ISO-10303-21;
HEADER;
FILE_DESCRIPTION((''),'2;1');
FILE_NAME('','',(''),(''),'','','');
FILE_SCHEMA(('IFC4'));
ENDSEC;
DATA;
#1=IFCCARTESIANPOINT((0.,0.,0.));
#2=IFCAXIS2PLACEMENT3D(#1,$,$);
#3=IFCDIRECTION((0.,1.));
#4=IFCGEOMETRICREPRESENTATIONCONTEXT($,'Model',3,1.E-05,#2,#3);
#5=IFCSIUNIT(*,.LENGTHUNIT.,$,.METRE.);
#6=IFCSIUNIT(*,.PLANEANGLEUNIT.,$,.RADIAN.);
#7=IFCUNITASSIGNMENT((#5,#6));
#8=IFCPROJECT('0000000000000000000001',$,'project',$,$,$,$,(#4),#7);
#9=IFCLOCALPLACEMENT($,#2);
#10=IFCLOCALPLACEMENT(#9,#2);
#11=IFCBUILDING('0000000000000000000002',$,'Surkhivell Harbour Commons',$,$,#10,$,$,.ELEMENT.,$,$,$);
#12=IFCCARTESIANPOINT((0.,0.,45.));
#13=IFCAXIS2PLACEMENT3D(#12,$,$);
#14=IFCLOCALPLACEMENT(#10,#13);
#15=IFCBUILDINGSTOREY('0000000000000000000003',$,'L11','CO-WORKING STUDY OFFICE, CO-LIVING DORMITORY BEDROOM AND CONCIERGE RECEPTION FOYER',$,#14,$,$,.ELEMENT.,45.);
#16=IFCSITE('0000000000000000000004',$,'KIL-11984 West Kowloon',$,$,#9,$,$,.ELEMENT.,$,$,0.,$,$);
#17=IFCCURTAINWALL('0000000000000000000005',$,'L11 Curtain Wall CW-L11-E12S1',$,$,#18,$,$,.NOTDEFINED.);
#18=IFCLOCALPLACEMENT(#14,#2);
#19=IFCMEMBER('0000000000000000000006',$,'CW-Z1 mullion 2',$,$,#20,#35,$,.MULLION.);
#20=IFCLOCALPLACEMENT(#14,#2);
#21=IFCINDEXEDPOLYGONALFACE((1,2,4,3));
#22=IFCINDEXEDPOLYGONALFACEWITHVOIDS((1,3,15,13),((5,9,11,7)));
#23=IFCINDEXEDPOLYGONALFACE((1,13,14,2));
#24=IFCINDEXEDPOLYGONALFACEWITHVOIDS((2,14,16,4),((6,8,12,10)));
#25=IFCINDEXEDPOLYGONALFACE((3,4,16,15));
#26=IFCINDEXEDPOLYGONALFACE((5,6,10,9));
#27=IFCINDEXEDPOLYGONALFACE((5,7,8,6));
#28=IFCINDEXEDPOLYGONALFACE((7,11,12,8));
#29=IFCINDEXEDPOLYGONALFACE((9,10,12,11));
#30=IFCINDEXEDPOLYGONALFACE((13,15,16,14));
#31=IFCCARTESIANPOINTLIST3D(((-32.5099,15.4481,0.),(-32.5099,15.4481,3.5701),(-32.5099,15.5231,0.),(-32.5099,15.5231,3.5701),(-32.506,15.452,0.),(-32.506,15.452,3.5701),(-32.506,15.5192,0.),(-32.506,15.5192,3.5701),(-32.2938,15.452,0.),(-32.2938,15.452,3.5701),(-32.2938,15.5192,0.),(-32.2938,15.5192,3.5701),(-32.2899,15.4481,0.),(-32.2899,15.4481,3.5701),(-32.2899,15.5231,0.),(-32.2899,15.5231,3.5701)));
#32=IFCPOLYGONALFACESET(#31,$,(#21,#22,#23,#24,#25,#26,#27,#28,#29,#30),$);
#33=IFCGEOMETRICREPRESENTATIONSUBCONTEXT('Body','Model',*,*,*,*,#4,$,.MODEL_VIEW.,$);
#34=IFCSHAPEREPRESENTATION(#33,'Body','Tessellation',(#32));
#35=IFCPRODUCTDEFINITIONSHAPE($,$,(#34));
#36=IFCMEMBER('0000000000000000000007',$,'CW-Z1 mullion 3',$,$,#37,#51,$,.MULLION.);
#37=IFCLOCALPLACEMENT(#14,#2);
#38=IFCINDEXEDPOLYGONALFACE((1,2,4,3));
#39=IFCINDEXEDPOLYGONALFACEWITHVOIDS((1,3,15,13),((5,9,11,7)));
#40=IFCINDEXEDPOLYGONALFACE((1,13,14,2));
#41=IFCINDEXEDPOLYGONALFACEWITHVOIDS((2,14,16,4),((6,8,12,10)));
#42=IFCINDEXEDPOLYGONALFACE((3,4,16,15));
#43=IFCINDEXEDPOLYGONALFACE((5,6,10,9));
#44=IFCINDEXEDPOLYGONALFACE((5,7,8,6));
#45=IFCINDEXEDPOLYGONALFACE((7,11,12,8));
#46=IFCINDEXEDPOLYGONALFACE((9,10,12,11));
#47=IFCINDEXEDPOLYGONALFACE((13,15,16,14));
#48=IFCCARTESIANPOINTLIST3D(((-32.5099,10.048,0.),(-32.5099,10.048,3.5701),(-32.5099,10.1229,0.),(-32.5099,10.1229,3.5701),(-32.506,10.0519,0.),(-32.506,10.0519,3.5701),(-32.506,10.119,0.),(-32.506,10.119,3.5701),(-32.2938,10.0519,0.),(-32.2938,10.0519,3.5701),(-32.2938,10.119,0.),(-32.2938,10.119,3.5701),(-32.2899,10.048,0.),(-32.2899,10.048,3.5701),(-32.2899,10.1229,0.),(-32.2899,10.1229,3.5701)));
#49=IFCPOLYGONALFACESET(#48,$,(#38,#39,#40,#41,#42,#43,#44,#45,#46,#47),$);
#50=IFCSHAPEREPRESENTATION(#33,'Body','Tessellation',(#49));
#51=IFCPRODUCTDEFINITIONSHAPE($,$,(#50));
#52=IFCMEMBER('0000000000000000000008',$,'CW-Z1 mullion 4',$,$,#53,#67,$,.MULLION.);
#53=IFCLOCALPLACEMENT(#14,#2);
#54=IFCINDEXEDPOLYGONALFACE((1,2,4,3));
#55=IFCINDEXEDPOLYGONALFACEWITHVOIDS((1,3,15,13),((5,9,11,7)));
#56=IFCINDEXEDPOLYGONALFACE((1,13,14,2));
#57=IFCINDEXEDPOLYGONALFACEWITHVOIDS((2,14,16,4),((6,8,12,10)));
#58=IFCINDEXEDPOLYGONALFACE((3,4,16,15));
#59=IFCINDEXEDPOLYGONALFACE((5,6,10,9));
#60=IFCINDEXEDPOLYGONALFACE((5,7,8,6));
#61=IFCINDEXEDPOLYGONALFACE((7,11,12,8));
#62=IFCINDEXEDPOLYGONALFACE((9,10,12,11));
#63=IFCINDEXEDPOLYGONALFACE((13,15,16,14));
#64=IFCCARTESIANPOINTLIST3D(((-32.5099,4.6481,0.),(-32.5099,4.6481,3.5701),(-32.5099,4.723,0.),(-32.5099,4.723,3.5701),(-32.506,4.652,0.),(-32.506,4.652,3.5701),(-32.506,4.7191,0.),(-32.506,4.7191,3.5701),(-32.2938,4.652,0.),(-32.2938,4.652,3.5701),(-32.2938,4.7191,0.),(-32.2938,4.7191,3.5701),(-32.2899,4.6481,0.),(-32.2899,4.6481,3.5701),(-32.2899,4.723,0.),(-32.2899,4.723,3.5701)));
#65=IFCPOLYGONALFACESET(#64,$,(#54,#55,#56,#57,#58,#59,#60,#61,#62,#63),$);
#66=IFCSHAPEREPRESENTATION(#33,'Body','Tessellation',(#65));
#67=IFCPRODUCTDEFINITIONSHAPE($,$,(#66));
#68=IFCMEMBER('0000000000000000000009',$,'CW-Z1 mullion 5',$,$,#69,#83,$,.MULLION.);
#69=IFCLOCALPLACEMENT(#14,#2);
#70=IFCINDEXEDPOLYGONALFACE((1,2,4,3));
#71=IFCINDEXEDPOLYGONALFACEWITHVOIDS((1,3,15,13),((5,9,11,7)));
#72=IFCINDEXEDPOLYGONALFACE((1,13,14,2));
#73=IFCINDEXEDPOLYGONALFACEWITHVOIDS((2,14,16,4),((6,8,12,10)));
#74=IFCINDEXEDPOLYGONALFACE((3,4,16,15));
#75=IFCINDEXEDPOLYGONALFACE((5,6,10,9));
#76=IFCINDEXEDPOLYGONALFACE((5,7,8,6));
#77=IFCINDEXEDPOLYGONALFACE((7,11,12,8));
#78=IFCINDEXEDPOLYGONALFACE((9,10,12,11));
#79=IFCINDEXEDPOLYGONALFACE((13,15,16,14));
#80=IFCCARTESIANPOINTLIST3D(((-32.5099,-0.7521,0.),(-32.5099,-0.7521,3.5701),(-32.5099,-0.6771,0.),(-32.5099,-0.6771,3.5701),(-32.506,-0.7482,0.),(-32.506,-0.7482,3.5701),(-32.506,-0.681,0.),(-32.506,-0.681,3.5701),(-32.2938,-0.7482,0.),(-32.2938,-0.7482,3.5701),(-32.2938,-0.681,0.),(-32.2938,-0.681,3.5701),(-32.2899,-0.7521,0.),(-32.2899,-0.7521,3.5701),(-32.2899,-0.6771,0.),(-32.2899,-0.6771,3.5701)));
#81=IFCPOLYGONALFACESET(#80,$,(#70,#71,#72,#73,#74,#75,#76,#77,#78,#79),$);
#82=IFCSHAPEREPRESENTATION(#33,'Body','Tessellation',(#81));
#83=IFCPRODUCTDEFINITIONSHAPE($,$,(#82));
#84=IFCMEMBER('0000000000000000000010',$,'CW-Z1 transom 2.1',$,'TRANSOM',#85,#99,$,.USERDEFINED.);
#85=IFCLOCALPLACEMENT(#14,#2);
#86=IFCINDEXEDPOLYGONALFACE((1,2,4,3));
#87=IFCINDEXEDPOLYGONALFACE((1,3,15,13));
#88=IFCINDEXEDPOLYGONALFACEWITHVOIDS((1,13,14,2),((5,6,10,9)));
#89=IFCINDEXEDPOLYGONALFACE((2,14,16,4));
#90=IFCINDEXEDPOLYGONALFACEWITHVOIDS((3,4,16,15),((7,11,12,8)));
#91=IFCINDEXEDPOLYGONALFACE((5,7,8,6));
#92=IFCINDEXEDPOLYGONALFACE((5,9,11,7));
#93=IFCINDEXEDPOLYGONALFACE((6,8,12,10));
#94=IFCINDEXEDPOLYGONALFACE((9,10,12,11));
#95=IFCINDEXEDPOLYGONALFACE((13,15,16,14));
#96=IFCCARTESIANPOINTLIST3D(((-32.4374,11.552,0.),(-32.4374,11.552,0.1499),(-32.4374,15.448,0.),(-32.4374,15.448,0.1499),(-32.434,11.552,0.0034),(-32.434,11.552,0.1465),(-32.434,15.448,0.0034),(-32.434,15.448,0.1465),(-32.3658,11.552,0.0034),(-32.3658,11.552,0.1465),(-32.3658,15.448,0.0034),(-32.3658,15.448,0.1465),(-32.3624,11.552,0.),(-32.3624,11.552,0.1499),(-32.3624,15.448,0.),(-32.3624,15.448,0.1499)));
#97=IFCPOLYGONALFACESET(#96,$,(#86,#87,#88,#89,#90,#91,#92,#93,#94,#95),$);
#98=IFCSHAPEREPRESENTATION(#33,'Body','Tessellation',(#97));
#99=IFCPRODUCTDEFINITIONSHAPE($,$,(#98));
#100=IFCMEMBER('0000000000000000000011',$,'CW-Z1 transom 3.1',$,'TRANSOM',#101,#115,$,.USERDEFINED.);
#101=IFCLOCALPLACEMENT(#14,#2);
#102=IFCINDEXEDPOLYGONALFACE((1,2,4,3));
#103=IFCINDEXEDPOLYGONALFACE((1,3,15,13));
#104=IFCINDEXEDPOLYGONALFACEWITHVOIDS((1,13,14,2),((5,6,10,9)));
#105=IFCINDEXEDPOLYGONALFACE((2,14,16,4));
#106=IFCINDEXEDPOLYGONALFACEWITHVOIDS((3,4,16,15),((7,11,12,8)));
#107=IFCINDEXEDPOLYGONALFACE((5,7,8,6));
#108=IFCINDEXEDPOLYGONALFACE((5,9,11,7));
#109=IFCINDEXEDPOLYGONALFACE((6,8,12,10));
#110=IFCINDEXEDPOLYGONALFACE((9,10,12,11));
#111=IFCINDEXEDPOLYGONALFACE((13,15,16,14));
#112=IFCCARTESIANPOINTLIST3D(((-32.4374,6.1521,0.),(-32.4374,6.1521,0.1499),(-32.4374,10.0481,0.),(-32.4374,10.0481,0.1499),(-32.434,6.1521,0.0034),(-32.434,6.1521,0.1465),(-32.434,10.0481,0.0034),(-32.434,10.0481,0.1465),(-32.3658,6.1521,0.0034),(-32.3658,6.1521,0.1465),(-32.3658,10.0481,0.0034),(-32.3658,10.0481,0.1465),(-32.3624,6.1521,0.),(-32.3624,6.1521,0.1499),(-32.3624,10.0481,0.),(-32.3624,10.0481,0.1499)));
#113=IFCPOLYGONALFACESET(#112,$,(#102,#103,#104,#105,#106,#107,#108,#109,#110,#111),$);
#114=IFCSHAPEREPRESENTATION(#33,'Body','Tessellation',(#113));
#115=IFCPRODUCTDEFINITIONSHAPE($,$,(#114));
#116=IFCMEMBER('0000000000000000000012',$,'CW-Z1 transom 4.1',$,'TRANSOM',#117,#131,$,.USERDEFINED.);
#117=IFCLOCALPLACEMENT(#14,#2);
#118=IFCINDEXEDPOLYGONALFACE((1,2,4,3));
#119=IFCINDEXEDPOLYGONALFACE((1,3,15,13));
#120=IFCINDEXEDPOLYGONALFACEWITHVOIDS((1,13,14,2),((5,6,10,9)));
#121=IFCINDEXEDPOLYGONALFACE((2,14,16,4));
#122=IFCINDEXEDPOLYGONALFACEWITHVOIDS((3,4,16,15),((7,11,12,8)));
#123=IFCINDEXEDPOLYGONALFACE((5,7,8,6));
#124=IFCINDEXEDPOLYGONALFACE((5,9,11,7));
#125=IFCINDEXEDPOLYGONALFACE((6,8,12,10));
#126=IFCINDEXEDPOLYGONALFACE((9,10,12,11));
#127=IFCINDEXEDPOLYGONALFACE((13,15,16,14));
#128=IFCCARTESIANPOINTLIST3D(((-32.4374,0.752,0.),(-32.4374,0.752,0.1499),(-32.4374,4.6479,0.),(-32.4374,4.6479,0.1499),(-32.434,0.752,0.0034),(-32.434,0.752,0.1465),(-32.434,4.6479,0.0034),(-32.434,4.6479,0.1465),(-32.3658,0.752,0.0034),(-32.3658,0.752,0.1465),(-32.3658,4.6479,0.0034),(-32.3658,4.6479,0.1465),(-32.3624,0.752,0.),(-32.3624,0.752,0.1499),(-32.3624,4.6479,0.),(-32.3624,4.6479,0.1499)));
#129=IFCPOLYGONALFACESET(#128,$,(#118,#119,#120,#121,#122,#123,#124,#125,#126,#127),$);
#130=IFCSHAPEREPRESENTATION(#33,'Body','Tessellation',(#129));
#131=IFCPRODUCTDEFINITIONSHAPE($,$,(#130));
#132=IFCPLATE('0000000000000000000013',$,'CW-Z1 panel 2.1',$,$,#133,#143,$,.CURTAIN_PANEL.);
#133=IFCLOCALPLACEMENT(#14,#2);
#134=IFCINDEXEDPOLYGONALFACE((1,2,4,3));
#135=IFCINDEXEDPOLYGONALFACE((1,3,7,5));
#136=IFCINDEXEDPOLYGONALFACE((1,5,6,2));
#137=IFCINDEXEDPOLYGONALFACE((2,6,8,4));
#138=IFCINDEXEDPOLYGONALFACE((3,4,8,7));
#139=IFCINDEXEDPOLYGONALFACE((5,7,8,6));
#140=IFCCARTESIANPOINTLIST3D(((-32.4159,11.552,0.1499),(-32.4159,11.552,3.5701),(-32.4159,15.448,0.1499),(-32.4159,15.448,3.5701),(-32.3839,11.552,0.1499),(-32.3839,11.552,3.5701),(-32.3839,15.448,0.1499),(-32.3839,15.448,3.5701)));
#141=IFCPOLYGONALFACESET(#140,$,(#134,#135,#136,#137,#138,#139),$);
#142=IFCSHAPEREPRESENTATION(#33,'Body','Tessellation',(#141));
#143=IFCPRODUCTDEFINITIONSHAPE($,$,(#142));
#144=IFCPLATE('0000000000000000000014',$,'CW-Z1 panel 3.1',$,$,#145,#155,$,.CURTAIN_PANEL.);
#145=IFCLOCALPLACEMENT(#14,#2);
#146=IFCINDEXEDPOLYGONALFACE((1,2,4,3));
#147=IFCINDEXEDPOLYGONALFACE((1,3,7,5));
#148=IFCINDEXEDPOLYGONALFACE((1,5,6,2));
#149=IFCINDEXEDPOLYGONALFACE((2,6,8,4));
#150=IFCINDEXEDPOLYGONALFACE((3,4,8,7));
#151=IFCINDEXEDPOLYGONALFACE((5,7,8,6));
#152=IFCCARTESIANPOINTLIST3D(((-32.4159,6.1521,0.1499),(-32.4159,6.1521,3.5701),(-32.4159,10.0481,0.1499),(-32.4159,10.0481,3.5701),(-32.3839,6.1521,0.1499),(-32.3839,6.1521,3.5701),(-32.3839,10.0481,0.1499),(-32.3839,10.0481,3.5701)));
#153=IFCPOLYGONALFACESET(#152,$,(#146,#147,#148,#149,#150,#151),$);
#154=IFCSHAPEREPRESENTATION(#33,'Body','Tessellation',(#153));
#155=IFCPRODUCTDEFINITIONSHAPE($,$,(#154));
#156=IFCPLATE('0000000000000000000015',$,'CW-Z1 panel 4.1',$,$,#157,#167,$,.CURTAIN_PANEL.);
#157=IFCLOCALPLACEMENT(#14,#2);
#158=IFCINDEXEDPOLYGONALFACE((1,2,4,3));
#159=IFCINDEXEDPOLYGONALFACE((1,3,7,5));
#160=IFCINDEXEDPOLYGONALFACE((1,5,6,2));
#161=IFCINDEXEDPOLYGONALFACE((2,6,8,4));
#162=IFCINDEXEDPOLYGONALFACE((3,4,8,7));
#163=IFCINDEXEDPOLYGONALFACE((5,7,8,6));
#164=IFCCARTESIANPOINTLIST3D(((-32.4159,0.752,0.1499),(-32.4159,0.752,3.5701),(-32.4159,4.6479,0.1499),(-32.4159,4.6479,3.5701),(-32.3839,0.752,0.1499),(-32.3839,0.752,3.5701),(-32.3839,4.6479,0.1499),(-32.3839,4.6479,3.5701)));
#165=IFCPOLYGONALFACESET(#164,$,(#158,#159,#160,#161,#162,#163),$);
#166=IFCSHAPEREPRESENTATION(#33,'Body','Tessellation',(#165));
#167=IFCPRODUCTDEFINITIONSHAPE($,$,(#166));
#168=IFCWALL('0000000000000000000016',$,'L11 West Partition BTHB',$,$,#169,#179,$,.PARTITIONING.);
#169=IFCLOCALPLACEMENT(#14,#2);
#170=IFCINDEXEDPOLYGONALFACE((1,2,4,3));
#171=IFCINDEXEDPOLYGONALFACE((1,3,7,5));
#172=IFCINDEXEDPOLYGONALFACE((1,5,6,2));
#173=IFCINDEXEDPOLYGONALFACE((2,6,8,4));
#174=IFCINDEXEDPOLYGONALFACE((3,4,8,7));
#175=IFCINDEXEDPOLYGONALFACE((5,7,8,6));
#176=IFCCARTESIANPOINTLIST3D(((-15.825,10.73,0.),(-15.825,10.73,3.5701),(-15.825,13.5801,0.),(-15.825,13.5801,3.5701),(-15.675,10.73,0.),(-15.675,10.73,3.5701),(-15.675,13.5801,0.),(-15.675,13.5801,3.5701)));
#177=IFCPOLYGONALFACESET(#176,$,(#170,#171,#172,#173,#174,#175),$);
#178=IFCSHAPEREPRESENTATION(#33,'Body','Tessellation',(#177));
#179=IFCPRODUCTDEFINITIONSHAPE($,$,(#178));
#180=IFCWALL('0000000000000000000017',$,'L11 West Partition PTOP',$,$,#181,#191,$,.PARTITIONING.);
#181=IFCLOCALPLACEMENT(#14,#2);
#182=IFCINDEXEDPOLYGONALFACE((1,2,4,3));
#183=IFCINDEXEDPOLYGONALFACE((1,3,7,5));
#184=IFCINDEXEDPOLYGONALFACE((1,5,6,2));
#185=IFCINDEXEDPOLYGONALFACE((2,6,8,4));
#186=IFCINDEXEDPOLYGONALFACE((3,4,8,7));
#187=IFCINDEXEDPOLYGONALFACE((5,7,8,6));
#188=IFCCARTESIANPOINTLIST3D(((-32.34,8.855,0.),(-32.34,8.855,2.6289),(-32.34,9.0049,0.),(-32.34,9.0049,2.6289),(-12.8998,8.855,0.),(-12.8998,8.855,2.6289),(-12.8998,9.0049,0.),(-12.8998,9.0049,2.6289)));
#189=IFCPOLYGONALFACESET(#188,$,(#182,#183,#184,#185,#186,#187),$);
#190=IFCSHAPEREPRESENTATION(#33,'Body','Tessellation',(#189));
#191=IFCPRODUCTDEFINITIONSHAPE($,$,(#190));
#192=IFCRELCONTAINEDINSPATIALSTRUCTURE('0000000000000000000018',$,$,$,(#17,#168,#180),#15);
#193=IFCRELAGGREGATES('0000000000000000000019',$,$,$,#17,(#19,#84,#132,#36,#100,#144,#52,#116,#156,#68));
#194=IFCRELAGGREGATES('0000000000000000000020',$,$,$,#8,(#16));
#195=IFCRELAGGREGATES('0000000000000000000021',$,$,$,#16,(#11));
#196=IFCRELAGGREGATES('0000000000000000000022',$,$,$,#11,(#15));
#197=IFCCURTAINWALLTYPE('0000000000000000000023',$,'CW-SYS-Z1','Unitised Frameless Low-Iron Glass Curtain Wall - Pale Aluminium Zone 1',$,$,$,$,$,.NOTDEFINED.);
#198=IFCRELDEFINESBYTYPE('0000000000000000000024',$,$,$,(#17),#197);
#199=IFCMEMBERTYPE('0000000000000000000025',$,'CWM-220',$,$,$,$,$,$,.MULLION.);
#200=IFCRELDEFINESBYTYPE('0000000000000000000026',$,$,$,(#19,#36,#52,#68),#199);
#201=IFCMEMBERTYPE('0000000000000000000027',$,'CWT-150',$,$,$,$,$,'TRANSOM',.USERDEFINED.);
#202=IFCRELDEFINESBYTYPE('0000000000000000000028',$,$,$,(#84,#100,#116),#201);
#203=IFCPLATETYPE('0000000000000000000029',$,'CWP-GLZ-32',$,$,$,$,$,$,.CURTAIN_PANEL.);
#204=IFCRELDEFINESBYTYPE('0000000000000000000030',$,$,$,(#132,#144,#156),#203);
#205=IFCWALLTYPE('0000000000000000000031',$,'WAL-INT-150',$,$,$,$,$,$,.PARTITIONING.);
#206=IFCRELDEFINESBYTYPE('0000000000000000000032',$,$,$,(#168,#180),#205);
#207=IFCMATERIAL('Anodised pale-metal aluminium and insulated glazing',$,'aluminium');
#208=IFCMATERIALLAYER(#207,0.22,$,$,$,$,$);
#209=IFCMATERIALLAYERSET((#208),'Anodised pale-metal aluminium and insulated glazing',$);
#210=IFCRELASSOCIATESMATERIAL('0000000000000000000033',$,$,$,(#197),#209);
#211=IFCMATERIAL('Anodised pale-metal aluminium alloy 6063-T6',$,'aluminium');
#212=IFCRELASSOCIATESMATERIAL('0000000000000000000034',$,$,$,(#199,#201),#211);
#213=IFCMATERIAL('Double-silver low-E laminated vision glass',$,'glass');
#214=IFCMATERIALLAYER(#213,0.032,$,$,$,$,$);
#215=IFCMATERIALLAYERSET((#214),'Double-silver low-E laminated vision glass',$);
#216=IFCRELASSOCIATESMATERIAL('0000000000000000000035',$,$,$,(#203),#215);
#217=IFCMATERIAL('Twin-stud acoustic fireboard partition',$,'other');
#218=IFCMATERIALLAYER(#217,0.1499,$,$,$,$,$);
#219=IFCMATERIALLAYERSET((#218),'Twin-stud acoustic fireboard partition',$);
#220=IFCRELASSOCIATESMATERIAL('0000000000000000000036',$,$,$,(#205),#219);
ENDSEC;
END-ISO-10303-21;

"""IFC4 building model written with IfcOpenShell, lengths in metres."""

from ifc_helpers import new_model, si_unit, direction, frame, frame_2d, origin, origin_2d, place, context, subcontext, project, spatial, rectangle, hollow_rectangle, extrude, material, layer, layer_set, material_profile, profile_set, type_object, element, aggregate, save


model = new_model("IFC4")

# Units and contexts
model_context = context("Model", 3, precision=1e-05, world=origin(), true_north=direction((0.0, 1.0)))
body_context = subcontext(model_context, "Body", "Model", "MODEL_VIEW")
ifc_project = project(units=[si_unit("LENGTHUNIT", "METRE"), si_unit("PLANEANGLEUNIT", "RADIAN")], contexts=[model_context])

# Site, building, storey
site_placement = place(None, origin())
site = spatial("IfcSite", under=ifc_project, at=site_placement, Name="KIL-11984 West Kowloon", CompositionType="ELEMENT", RefElevation=0.0)
building_placement = place(site_placement, origin())
building = spatial("IfcBuilding", under=site, at=building_placement, Name="Surkhivell Harbour Commons", CompositionType="ELEMENT")
storey_placement = place(building_placement, frame((0.0, 0.0, 45.0)))
storey = spatial("IfcBuildingStorey", under=building, at=storey_placement, Name="L11", Description="CO-WORKING STUDY OFFICE, CO-LIVING DORMITORY BEDROOM AND CONCIERGE RECEPTION FOYER", CompositionType="ELEMENT", Elevation=45.0)

# Curtain wall, members, plates
ifc_material_1 = material(Name="Anodised pale-metal aluminium and insulated glazing", Category="aluminium")
ifc_layer_1 = layer(ifc_material_1, 0.22)
ifc_layer_set_1 = layer_set([ifc_layer_1], Name="Anodised pale-metal aluminium and insulated glazing")
curtain_wall_type = type_object("IfcCurtainWallType", Name="CW-SYS-Z1", Description="Unitised Frameless Low-Iron Glass Curtain Wall - Pale Aluminium Zone 1", PredefinedType="NOTDEFINED", material=ifc_layer_set_1)
curtain_wall_placement = place(storey_placement, origin())
curtain_wall = element("IfcCurtainWall", 1, at=curtain_wall_placement, inside=storey, type_object=curtain_wall_type, Name="L11 Curtain Wall CW-L11-E12S1", PredefinedType="NOTDEFINED")
ifc_material_2 = material(Name="Anodised pale-metal aluminium alloy 6063-T6", Category="aluminium")
ifc_material_profile_1 = material_profile(ifc_material_2, hollow_rectangle(XDim=0.075, YDim=0.22, WallThickness=0.0039, at=origin_2d()), Name="ALU-MULL-75x220")
ifc_profile_set_1 = profile_set([ifc_material_profile_1], Name="Anodised pale-metal aluminium alloy 6063-T6")
member_type_1 = type_object("IfcMemberType", Name="CWM-220", PredefinedType="MULLION", material=ifc_profile_set_1)
member_1_placement = place(storey_placement, frame((-32.3999, 15.4856, 0.0), z_axis=(0.0, 0.0, 1.0), x_axis=(0.0, -1.0, 0.0)))
member_1 = element("IfcMember", 2, at=member_1_placement, type_object=member_type_1, Name="CW-Z1 mullion 2", PredefinedType="MULLION", context=body_context, shape_type="SweptSolid", body=[
    extrude(hollow_rectangle(XDim=0.075, YDim=0.22, WallThickness=0.0039, at=origin_2d()), origin(), (0.0, 0.0, 1.0), 3.5701),
])
member_2_placement = place(storey_placement, frame((-32.3999, 10.0854, 0.0), z_axis=(0.0, 0.0, 1.0), x_axis=(0.0, -1.0, 0.0)))
member_2 = element("IfcMember", 3, at=member_2_placement, type_object=member_type_1, Name="CW-Z1 mullion 3", PredefinedType="MULLION", context=body_context, shape_type="SweptSolid", body=[
    extrude(hollow_rectangle(XDim=0.075, YDim=0.22, WallThickness=0.0039, at=origin_2d()), origin(), (0.0, 0.0, 1.0), 3.5701),
])
member_3_placement = place(storey_placement, frame((-32.3999, 4.6855, 0.0), z_axis=(0.0, 0.0, 1.0), x_axis=(0.0, -1.0, 0.0)))
member_3 = element("IfcMember", 4, at=member_3_placement, type_object=member_type_1, Name="CW-Z1 mullion 4", PredefinedType="MULLION", context=body_context, shape_type="SweptSolid", body=[
    extrude(hollow_rectangle(XDim=0.075, YDim=0.22, WallThickness=0.0039, at=origin_2d()), origin(), (0.0, 0.0, 1.0), 3.5701),
])
member_4_placement = place(storey_placement, frame((-32.3999, -0.7146, 0.0), z_axis=(0.0, 0.0, 1.0), x_axis=(0.0, -1.0, 0.0)))
member_4 = element("IfcMember", 5, at=member_4_placement, type_object=member_type_1, Name="CW-Z1 mullion 5", PredefinedType="MULLION", context=body_context, shape_type="SweptSolid", body=[
    extrude(hollow_rectangle(XDim=0.075, YDim=0.22, WallThickness=0.0039, at=origin_2d()), origin(), (0.0, 0.0, 1.0), 3.5701),
])
ifc_material_profile_2 = material_profile(ifc_material_2, hollow_rectangle(XDim=0.075, YDim=0.1499, WallThickness=0.0034, at=origin_2d()), Name="ALU-TRAN-75x150")
ifc_profile_set_2 = profile_set([ifc_material_profile_2], Name="Anodised pale-metal aluminium alloy 6063-T6")
member_type_2 = type_object("IfcMemberType", Name="CWT-150", ElementType="TRANSOM", PredefinedType="USERDEFINED", material=ifc_profile_set_2)
member_5_placement = place(storey_placement, frame((-32.3999, 15.448, 0.075), z_axis=(0.0, -1.0, 0.0), x_axis=(1.0, 0.0, 0.0)))
member_5 = element("IfcMember", 6, at=member_5_placement, type_object=member_type_2, Name="CW-Z1 transom 2.1", ObjectType="TRANSOM", PredefinedType="USERDEFINED", context=body_context, shape_type="SweptSolid", body=[
    extrude(hollow_rectangle(XDim=0.075, YDim=0.1499, WallThickness=0.0034, at=origin_2d()), origin(), (0.0, 0.0, 1.0), 3.896),
])
member_6_placement = place(storey_placement, frame((-32.3999, 10.0481, 0.075), z_axis=(0.0, -1.0, 0.0), x_axis=(1.0, 0.0, 0.0)))
member_6 = element("IfcMember", 7, at=member_6_placement, type_object=member_type_2, Name="CW-Z1 transom 3.1", ObjectType="TRANSOM", PredefinedType="USERDEFINED", context=body_context, shape_type="SweptSolid", body=[
    extrude(hollow_rectangle(XDim=0.075, YDim=0.1499, WallThickness=0.0034, at=origin_2d()), origin(), (0.0, 0.0, 1.0), 3.896),
])
member_7_placement = place(storey_placement, frame((-32.3999, 4.6479, 0.075), z_axis=(0.0, -1.0, 0.0), x_axis=(1.0, 0.0, 0.0)))
member_7 = element("IfcMember", 8, at=member_7_placement, type_object=member_type_2, Name="CW-Z1 transom 4.1", ObjectType="TRANSOM", PredefinedType="USERDEFINED", context=body_context, shape_type="SweptSolid", body=[
    extrude(hollow_rectangle(XDim=0.075, YDim=0.1499, WallThickness=0.0034, at=origin_2d()), origin(), (0.0, 0.0, 1.0), 3.896),
])
ifc_material_3 = material(Name="Double-silver low-E laminated vision glass", Category="glass")
ifc_layer_2 = layer(ifc_material_3, 0.032)
ifc_layer_set_2 = layer_set([ifc_layer_2], Name="Double-silver low-E laminated vision glass")
plate_type = type_object("IfcPlateType", Name="CWP-GLZ-32", PredefinedType="CURTAIN_PANEL", material=ifc_layer_set_2)
plate_1_placement = place(storey_placement, frame((-32.3999, 15.448, 0.1499), z_axis=(0.0, 0.0, 1.0), x_axis=(0.0, -1.0, 0.0)))
plate_1 = element("IfcPlate", 9, at=plate_1_placement, type_object=plate_type, Name="CW-Z1 panel 2.1", PredefinedType="CURTAIN_PANEL", context=body_context, shape_type="SweptSolid", body=[
    extrude(rectangle(XDim=3.896, YDim=0.032, at=frame_2d((1.948, 0.0))), origin(), (0.0, 0.0, 1.0), 3.4202),
])
plate_2_placement = place(storey_placement, frame((-32.3999, 10.0481, 0.1499), z_axis=(0.0, 0.0, 1.0), x_axis=(0.0, -1.0, 0.0)))
plate_2 = element("IfcPlate", 10, at=plate_2_placement, type_object=plate_type, Name="CW-Z1 panel 3.1", PredefinedType="CURTAIN_PANEL", context=body_context, shape_type="SweptSolid", body=[
    extrude(rectangle(XDim=3.896, YDim=0.032, at=frame_2d((1.948, 0.0))), origin(), (0.0, 0.0, 1.0), 3.4202),
])
plate_3_placement = place(storey_placement, frame((-32.3999, 4.6479, 0.1499), z_axis=(0.0, 0.0, 1.0), x_axis=(0.0, -1.0, 0.0)))
plate_3 = element("IfcPlate", 11, at=plate_3_placement, type_object=plate_type, Name="CW-Z1 panel 4.1", PredefinedType="CURTAIN_PANEL", context=body_context, shape_type="SweptSolid", body=[
    extrude(rectangle(XDim=3.896, YDim=0.032, at=frame_2d((1.948, 0.0))), origin(), (0.0, 0.0, 1.0), 3.4202),
])
aggregate(curtain_wall, [member_1, member_5, plate_1, member_2, member_6, plate_2, member_3, member_7, plate_3, member_4])

# Walls
ifc_material_4 = material(Name="Twin-stud acoustic fireboard partition", Category="other")
ifc_layer_3 = layer(ifc_material_4, 0.1499)
ifc_layer_set_3 = layer_set([ifc_layer_3], Name="Twin-stud acoustic fireboard partition")
wall_type = type_object("IfcWallType", Name="WAL-INT-150", PredefinedType="PARTITIONING", material=ifc_layer_set_3)
wall_1_placement = place(storey_placement, frame((-15.75, 10.73, 0.0), z_axis=(0.0, 0.0, 1.0), x_axis=(0.0, 1.0, 0.0)))
element("IfcWall", 12, at=wall_1_placement, inside=storey, type_object=wall_type, Name="L11 West Partition BTHB", PredefinedType="PARTITIONING", context=body_context, shape_type="SweptSolid", body=[
    extrude(rectangle(XDim=2.8501, YDim=0.1499, at=frame_2d((1.425, 0.0))), origin(), (0.0, 0.0, 1.0), 3.5701),
])
wall_2_placement = place(storey_placement, frame((-32.3401, 8.9299, 0.0), z_axis=(0.0, 0.0, 1.0), x_axis=(1.0, 0.0, 0.0)))
element("IfcWall", 13, at=wall_2_placement, inside=storey, type_object=wall_type, Name="L11 West Partition PTOP", PredefinedType="PARTITIONING", context=body_context, shape_type="SweptSolid", body=[
    extrude(rectangle(XDim=19.4402, YDim=0.1499, at=frame_2d((9.7202, 0.0))), origin(), (0.0, 0.0, 1.0), 2.6289),
])

save(model, "model.ifc")
